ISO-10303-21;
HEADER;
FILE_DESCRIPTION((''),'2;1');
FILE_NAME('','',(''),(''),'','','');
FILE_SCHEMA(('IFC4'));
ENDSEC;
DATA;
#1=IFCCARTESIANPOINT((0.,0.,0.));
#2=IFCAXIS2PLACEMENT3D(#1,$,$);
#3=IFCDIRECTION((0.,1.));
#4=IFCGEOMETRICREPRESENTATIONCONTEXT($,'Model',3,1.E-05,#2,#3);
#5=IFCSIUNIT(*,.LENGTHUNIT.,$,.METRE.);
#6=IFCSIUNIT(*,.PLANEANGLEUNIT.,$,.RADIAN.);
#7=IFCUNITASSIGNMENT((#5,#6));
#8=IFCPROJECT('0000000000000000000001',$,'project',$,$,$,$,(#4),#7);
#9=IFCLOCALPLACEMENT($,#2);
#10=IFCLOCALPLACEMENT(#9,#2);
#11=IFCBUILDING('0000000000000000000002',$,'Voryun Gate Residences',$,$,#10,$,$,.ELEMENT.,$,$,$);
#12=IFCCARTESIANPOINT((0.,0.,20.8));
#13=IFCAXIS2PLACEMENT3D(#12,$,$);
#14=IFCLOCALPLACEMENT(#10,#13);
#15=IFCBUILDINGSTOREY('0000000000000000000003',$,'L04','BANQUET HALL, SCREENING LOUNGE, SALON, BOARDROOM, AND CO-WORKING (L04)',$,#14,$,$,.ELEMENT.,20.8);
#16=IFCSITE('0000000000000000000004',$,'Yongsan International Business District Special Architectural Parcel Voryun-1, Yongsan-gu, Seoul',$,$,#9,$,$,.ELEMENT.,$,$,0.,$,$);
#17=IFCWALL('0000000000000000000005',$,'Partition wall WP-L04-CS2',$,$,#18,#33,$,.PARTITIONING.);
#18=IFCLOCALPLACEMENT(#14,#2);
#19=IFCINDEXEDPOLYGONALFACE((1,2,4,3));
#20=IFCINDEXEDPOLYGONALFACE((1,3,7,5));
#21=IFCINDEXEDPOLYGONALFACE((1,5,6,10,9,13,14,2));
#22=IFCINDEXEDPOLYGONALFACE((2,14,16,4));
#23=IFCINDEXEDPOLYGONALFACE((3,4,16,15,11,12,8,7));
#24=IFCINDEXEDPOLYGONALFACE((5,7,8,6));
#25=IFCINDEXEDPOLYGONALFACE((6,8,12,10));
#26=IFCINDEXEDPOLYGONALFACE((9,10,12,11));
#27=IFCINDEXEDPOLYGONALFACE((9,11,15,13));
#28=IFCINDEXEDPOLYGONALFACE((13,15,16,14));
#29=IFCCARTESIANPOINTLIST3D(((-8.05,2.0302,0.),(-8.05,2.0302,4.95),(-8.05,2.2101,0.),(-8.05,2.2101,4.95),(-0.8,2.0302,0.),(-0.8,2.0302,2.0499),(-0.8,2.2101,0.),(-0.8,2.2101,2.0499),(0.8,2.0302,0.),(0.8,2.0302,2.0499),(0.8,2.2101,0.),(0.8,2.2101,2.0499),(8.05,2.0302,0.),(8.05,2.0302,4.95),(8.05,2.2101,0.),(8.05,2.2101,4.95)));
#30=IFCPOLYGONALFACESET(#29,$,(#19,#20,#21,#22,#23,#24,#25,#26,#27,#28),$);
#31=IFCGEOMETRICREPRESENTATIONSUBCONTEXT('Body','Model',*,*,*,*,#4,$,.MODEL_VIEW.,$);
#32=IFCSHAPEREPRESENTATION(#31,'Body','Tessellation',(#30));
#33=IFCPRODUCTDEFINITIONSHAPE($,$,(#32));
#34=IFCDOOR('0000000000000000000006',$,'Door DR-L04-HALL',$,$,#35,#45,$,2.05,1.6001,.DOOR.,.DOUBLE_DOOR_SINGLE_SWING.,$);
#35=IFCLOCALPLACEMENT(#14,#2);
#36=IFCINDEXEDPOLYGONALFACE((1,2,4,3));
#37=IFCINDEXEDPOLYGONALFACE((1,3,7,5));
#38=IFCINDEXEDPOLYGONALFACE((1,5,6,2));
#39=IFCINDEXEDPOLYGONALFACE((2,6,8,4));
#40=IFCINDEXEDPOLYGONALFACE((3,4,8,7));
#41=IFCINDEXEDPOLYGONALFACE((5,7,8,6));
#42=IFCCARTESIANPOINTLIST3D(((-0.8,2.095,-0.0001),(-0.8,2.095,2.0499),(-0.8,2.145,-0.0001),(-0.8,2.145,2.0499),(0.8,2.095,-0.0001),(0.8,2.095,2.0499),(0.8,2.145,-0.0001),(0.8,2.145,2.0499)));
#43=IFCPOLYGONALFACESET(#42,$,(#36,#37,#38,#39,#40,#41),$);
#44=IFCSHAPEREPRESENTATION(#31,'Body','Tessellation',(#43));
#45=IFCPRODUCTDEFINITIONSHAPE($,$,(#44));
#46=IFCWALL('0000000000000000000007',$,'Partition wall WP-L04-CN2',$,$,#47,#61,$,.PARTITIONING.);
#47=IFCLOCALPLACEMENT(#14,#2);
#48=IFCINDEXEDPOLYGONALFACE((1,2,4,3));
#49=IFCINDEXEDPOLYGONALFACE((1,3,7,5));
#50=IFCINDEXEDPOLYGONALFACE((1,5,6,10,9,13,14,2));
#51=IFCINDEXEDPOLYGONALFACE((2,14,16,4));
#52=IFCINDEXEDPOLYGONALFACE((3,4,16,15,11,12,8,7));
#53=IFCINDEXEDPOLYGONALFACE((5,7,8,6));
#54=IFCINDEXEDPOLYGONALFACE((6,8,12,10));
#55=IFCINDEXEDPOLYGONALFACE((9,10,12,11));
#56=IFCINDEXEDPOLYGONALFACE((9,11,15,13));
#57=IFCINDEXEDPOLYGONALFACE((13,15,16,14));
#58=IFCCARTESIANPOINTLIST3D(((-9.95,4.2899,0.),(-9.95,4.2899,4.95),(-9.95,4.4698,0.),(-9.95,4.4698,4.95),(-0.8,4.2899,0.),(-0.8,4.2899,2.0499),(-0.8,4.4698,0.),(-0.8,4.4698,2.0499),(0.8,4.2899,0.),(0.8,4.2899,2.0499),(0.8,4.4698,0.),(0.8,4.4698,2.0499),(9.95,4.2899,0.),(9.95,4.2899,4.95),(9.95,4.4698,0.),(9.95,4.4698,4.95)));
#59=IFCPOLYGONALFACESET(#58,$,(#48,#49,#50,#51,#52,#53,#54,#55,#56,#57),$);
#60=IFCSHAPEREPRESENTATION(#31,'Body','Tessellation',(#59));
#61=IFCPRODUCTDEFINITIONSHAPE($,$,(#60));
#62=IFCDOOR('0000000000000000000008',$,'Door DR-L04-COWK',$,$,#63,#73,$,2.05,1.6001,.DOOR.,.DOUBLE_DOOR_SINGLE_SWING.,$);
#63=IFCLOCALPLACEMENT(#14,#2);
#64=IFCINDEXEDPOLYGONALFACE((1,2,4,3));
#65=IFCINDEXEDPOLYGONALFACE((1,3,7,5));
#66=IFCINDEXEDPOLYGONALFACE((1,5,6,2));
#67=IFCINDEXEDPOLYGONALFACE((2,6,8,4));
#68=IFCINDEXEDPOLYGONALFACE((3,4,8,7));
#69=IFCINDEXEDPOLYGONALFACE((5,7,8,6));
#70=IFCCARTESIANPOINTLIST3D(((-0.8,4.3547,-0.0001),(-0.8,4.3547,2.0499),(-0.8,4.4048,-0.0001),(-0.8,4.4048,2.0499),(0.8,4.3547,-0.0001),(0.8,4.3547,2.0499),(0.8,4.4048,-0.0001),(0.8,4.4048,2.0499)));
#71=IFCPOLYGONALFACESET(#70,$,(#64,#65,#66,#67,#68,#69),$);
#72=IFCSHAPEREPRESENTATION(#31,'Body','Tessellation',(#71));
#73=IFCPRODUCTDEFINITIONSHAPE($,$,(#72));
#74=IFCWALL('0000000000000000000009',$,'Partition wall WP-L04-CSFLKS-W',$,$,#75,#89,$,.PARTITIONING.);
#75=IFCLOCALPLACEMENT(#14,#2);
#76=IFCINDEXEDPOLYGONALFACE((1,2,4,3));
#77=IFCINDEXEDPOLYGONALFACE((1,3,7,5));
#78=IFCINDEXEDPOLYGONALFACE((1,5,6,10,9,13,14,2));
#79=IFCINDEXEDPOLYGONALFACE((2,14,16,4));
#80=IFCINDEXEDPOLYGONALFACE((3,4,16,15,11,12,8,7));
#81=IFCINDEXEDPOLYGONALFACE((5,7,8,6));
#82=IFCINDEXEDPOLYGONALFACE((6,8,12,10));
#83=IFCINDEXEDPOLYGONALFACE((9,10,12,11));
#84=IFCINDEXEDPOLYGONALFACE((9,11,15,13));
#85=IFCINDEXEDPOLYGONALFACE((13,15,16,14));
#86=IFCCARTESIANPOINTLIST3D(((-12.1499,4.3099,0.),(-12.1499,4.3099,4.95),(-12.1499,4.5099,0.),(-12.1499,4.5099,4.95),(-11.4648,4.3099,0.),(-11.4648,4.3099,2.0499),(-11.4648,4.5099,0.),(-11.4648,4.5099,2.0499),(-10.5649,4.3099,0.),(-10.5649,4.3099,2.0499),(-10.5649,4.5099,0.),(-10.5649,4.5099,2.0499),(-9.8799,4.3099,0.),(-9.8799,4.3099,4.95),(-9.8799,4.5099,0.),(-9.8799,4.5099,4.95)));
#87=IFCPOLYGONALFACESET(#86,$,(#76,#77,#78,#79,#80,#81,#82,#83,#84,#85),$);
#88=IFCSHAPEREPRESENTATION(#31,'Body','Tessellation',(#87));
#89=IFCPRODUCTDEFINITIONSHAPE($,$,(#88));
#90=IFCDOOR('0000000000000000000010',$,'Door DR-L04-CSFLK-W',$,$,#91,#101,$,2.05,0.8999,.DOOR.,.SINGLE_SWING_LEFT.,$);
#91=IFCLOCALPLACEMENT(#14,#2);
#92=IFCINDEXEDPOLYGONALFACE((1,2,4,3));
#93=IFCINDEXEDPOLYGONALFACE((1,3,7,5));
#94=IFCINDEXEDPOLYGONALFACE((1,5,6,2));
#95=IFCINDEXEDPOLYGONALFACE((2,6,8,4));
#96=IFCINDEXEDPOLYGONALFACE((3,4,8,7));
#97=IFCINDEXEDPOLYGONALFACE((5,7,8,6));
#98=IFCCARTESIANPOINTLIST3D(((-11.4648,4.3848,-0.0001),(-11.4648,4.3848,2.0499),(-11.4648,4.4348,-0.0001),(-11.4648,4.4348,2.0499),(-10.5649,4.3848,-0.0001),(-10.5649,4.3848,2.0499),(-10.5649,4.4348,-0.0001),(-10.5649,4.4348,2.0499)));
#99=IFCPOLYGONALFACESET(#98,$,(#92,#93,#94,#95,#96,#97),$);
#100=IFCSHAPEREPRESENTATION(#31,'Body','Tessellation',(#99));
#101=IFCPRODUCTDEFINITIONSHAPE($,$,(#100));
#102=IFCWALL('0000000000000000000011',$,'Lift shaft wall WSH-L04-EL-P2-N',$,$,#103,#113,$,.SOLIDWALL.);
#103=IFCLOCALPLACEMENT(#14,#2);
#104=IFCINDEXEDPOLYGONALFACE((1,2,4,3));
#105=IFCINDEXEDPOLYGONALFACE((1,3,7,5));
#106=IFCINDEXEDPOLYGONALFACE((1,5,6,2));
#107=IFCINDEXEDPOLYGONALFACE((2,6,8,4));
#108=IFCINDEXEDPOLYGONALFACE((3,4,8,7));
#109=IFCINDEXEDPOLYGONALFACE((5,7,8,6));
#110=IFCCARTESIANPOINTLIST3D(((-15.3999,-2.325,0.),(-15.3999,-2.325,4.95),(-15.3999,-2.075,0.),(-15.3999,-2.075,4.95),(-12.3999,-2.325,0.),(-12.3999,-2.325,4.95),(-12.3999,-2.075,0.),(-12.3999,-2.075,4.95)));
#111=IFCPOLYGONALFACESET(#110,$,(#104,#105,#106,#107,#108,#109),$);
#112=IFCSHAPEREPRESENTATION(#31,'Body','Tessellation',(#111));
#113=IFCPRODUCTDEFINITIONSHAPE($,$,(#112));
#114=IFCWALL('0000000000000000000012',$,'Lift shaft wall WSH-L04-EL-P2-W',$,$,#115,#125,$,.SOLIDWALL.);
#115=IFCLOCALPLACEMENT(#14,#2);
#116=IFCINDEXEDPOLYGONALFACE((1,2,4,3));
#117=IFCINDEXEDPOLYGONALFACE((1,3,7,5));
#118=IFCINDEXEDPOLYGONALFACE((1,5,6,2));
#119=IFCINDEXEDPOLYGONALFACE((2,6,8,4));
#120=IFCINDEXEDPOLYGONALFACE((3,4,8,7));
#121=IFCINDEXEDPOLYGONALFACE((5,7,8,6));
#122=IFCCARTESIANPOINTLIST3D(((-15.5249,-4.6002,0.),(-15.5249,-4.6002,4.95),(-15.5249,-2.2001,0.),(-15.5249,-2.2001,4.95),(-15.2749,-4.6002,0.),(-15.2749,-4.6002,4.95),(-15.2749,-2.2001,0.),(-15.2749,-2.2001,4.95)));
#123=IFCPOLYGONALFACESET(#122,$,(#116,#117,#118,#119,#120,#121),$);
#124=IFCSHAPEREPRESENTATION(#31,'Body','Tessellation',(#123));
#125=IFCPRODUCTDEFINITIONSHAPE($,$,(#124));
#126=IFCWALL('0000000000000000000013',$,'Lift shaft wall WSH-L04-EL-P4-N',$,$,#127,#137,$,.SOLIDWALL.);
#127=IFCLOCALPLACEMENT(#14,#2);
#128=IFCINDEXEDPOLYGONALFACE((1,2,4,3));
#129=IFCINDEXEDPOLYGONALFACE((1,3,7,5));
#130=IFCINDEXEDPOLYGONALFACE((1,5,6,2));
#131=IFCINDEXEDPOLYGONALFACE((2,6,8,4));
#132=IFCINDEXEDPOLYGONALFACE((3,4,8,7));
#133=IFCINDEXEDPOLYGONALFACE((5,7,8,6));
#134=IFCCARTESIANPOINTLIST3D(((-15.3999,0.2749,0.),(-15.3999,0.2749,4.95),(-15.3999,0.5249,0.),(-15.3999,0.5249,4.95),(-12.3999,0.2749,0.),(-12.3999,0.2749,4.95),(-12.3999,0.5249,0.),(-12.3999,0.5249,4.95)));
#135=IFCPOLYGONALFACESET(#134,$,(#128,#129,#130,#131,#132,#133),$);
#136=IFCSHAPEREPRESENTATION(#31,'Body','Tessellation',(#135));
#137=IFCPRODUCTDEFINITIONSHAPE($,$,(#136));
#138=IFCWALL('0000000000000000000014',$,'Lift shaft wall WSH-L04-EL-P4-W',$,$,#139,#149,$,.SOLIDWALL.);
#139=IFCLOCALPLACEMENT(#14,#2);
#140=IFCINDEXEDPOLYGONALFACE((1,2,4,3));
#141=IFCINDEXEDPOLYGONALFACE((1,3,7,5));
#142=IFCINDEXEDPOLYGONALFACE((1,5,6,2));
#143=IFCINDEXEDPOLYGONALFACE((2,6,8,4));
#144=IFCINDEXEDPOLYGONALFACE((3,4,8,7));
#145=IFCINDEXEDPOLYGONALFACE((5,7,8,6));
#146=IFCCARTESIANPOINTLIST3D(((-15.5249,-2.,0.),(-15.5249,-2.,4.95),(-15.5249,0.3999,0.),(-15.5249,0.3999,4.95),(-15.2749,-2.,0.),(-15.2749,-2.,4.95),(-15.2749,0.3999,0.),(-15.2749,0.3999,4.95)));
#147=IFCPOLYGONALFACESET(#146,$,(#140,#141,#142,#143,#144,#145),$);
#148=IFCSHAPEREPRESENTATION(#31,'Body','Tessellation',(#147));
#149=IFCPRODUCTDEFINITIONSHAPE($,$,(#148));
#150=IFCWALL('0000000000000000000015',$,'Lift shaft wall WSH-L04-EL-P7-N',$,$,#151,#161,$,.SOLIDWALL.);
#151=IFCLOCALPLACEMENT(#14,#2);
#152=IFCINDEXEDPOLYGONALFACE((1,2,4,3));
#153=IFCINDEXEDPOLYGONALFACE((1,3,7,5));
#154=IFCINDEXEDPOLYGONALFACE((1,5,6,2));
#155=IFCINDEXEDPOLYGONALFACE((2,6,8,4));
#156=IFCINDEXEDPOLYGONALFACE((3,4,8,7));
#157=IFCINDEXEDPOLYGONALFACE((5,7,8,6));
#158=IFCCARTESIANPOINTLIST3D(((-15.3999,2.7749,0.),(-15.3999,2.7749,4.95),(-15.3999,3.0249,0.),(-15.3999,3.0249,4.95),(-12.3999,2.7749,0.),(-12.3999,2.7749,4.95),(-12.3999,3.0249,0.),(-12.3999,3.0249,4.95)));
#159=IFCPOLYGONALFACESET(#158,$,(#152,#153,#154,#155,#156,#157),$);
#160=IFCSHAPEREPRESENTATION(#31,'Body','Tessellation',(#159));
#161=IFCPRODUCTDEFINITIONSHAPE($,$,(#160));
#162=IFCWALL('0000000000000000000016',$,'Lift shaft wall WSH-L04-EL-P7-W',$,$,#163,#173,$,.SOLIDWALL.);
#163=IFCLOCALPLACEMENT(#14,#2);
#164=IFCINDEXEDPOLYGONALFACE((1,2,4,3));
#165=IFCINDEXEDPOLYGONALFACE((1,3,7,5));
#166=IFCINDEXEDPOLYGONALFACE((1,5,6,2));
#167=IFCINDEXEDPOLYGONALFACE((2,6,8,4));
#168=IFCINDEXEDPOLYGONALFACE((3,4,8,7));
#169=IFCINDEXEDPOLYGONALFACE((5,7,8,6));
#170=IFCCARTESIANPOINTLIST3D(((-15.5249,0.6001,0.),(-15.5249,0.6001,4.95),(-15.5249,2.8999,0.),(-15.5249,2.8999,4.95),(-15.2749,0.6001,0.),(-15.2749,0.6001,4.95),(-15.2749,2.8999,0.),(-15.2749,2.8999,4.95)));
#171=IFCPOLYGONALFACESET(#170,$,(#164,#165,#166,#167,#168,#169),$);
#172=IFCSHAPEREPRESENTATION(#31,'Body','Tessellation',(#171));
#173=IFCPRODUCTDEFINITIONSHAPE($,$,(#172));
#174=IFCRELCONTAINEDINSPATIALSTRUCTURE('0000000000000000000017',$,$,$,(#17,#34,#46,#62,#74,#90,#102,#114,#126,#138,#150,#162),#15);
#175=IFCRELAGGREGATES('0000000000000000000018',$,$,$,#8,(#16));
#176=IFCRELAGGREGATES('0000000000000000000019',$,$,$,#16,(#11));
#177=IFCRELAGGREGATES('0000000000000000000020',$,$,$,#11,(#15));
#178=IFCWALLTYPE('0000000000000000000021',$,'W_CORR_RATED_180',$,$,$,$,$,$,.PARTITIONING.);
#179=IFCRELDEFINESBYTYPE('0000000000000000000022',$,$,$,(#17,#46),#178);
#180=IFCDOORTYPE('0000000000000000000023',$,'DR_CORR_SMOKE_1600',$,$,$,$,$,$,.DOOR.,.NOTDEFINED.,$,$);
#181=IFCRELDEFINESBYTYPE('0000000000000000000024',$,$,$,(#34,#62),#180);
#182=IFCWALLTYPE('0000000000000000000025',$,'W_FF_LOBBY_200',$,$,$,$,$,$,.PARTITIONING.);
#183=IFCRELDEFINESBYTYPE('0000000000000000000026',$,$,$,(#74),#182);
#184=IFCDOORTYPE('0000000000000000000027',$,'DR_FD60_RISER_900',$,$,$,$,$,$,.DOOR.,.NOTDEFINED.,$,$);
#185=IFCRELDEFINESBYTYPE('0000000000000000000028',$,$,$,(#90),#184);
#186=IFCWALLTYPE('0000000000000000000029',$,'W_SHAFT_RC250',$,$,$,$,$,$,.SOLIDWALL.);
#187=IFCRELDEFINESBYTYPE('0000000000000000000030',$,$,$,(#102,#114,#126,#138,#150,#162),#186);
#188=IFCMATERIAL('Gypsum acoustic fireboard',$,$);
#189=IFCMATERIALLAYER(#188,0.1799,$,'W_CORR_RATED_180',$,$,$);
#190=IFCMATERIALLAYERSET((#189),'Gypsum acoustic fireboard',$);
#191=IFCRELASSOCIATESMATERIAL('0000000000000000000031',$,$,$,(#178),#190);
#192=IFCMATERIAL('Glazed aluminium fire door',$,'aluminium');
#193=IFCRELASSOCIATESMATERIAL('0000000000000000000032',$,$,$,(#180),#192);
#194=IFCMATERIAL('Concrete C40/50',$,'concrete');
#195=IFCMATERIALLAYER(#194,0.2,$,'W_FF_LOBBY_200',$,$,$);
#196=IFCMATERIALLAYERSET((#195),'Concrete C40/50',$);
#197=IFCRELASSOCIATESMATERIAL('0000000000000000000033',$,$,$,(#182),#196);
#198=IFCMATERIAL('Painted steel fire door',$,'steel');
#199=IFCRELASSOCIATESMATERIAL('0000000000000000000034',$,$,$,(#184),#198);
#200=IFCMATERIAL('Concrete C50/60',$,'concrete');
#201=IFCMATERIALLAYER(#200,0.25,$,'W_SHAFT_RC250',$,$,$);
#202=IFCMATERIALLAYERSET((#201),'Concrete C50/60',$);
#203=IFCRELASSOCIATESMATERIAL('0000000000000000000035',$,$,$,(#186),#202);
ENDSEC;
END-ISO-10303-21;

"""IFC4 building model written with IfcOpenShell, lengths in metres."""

from ifc_helpers import new_model, si_unit, direction, frame, frame_2d, origin, place, context, subcontext, project, spatial, rectangle, extrude, material, layer, layer_set, type_object, element, fill, save


model = new_model("IFC4")

# Units and contexts
model_context = context("Model", 3, precision=1e-05, world=origin(), true_north=direction((0.0, 1.0)))
body_context = subcontext(model_context, "Body", "Model", "MODEL_VIEW")
ifc_project = project(units=[si_unit("LENGTHUNIT", "METRE"), si_unit("PLANEANGLEUNIT", "RADIAN")], contexts=[model_context])

# Site, building, storey
site_placement = place(None, origin())
site = spatial("IfcSite", under=ifc_project, at=site_placement, Name="Yongsan International Business District Special Architectural Parcel Voryun-1, Yongsan-gu, Seoul", CompositionType="ELEMENT", RefElevation=0.0)
building_placement = place(site_placement, origin())
building = spatial("IfcBuilding", under=site, at=building_placement, Name="Voryun Gate Residences", CompositionType="ELEMENT")
storey_placement = place(building_placement, frame((0.0, 0.0, 20.8)))
storey = spatial("IfcBuildingStorey", under=building, at=storey_placement, Name="L04", Description="BANQUET HALL, SCREENING LOUNGE, SALON, BOARDROOM, AND CO-WORKING (L04)", CompositionType="ELEMENT", Elevation=20.8)

# Shared definitions
ifc_material_1 = material(Name="Gypsum acoustic fireboard")
ifc_layer_1 = layer(ifc_material_1, 0.1799, Name="W_CORR_RATED_180")
ifc_layer_set_1 = layer_set([ifc_layer_1], Name="Gypsum acoustic fireboard")
wall_type_1 = type_object("IfcWallType", Name="W_CORR_RATED_180", PredefinedType="PARTITIONING", material=ifc_layer_set_1)

# Walls, openings, doors
wall_1_placement = place(storey_placement, frame((-8.05, 2.1201, 0.0), z_axis=(0.0, 0.0, 1.0), x_axis=(1.0, 0.0, 0.0)))
wall_1 = element("IfcWall", 1, at=wall_1_placement, inside=storey, type_object=wall_type_1, Name="Partition wall WP-L04-CS2", PredefinedType="PARTITIONING", context=body_context, shape_type="SweptSolid", body=[
    extrude(rectangle(XDim=16.1001, YDim=0.1799, at=frame_2d((8.05, 0.0))), origin(), (0.0, 0.0, 1.0), 4.95),
])
opening_1_placement = place(wall_1_placement, frame((7.25, 0.0, 0.0)))
opening_1 = element("IfcOpeningElement", 2, at=opening_1_placement, cuts=wall_1, PredefinedType="OPENING", context=body_context, shape_type="SweptSolid", body=[
    extrude(rectangle(XDim=1.6001, YDim=2.05, at=frame_2d((0.8, 1.0249))), frame((0.0, 0.0999, 0.0), z_axis=(0.0, -1.0, 0.0), x_axis=(1.0, 0.0, 0.0)), (0.0, 0.0, 1.0), 0.2),
])
ifc_material_2 = material(Name="Glazed aluminium fire door", Category="aluminium")
door_type_1 = type_object("IfcDoorType", Name="DR_CORR_SMOKE_1600", OperationType="NOTDEFINED", PredefinedType="DOOR", material=ifc_material_2)
door_1_placement = place(opening_1_placement, origin())
door_1 = element("IfcDoor", 3, at=door_1_placement, inside=storey, type_object=door_type_1, Name="Door DR-L04-HALL", OperationType="DOUBLE_DOOR_SINGLE_SWING", OverallHeight=2.05, OverallWidth=1.6001, PredefinedType="DOOR", context=body_context, shape_type="SweptSolid", body=[
    extrude(rectangle(XDim=1.6001, YDim=2.05, at=frame_2d((0.8, 1.0249))), frame((0.0, 0.0249, 0.0), z_axis=(0.0, -1.0, 0.0), x_axis=(1.0, 0.0, 0.0)), (0.0, 0.0, 1.0), 0.05),
])
fill(opening_1, door_1)
wall_2_placement = place(storey_placement, frame((-9.95, 4.3799, 0.0), z_axis=(0.0, 0.0, 1.0), x_axis=(1.0, 0.0, 0.0)))
wall_2 = element("IfcWall", 4, at=wall_2_placement, inside=storey, type_object=wall_type_1, Name="Partition wall WP-L04-CN2", PredefinedType="PARTITIONING", context=body_context, shape_type="SweptSolid", body=[
    extrude(rectangle(XDim=19.8999, YDim=0.1799, at=frame_2d((9.95, 0.0))), origin(), (0.0, 0.0, 1.0), 4.95),
])
opening_2_placement = place(wall_2_placement, frame((9.1499, 0.0, 0.0)))
opening_2 = element("IfcOpeningElement", 5, at=opening_2_placement, cuts=wall_2, PredefinedType="OPENING", context=body_context, shape_type="SweptSolid", body=[
    extrude(rectangle(XDim=1.6001, YDim=2.05, at=frame_2d((0.8, 1.0249))), frame((0.0, 0.0999, 0.0), z_axis=(0.0, -1.0, 0.0), x_axis=(1.0, 0.0, 0.0)), (0.0, 0.0, 1.0), 0.2),
])
door_2_placement = place(opening_2_placement, origin())
door_2 = element("IfcDoor", 6, at=door_2_placement, inside=storey, type_object=door_type_1, Name="Door DR-L04-COWK", OperationType="DOUBLE_DOOR_SINGLE_SWING", OverallHeight=2.05, OverallWidth=1.6001, PredefinedType="DOOR", context=body_context, shape_type="SweptSolid", body=[
    extrude(rectangle(XDim=1.6001, YDim=2.05, at=frame_2d((0.8, 1.0249))), frame((0.0, 0.0249, 0.0), z_axis=(0.0, -1.0, 0.0), x_axis=(1.0, 0.0, 0.0)), (0.0, 0.0, 1.0), 0.05),
])
fill(opening_2, door_2)
ifc_material_3 = material(Name="Concrete C40/50", Category="concrete")
ifc_layer_2 = layer(ifc_material_3, 0.2, Name="W_FF_LOBBY_200")
ifc_layer_set_2 = layer_set([ifc_layer_2], Name="Concrete C40/50")
wall_type_2 = type_object("IfcWallType", Name="W_FF_LOBBY_200", PredefinedType="PARTITIONING", material=ifc_layer_set_2)
wall_3_placement = place(storey_placement, frame((-12.1499, 4.4099, 0.0), z_axis=(0.0, 0.0, 1.0), x_axis=(1.0, 0.0, 0.0)))
wall_3 = element("IfcWall", 7, at=wall_3_placement, inside=storey, type_object=wall_type_2, Name="Partition wall WP-L04-CSFLKS-W", PredefinedType="PARTITIONING", context=body_context, shape_type="SweptSolid", body=[
    extrude(rectangle(XDim=2.27, YDim=0.2, at=frame_2d((1.135, 0.0))), origin(), (0.0, 0.0, 1.0), 4.95),
])
opening_3_placement = place(wall_3_placement, frame((0.6851, 0.0, 0.0)))
opening_3 = element("IfcOpeningElement", 8, at=opening_3_placement, cuts=wall_3, PredefinedType="OPENING", context=body_context, shape_type="SweptSolid", body=[
    extrude(rectangle(XDim=0.8999, YDim=2.05, at=frame_2d((0.45, 1.0249))), frame((0.0, 0.1101, 0.0), z_axis=(0.0, -1.0, 0.0), x_axis=(1.0, 0.0, 0.0)), (0.0, 0.0, 1.0), 0.22),
])
ifc_material_4 = material(Name="Painted steel fire door", Category="steel")
door_type_2 = type_object("IfcDoorType", Name="DR_FD60_RISER_900", OperationType="NOTDEFINED", PredefinedType="DOOR", material=ifc_material_4)
door_3_placement = place(opening_3_placement, origin())
door_3 = element("IfcDoor", 9, at=door_3_placement, inside=storey, type_object=door_type_2, Name="Door DR-L04-CSFLK-W", OperationType="SINGLE_SWING_LEFT", OverallHeight=2.05, OverallWidth=0.8999, PredefinedType="DOOR", context=body_context, shape_type="SweptSolid", body=[
    extrude(rectangle(XDim=0.8999, YDim=2.05, at=frame_2d((0.45, 1.0249))), frame((0.0, 0.0249, 0.0), z_axis=(0.0, -1.0, 0.0), x_axis=(1.0, 0.0, 0.0)), (0.0, 0.0, 1.0), 0.05),
])
fill(opening_3, door_3)

# Walls
ifc_material_5 = material(Name="Concrete C50/60", Category="concrete")
ifc_layer_3 = layer(ifc_material_5, 0.25, Name="W_SHAFT_RC250")
ifc_layer_set_3 = layer_set([ifc_layer_3], Name="Concrete C50/60")
wall_type_3 = type_object("IfcWallType", Name="W_SHAFT_RC250", PredefinedType="SOLIDWALL", material=ifc_layer_set_3)
wall_4_placement = place(storey_placement, frame((-12.3999, -2.2, 0.0), z_axis=(0.0, 0.0, 1.0), x_axis=(-1.0, 0.0, 0.0)))
element("IfcWall", 10, at=wall_4_placement, inside=storey, type_object=wall_type_3, Name="Lift shaft wall WSH-L04-EL-P2-N", PredefinedType="SOLIDWALL", context=body_context, shape_type="SweptSolid", body=[
    extrude(rectangle(XDim=3.0, YDim=0.25, at=frame_2d((1.5, 0.0))), origin(), (0.0, 0.0, 1.0), 4.95),
])
wall_5_placement = place(storey_placement, frame((-15.3999, -2.2, 0.0), z_axis=(0.0, 0.0, 1.0), x_axis=(0.0, -1.0, 0.0)))
element("IfcWall", 11, at=wall_5_placement, inside=storey, type_object=wall_type_3, Name="Lift shaft wall WSH-L04-EL-P2-W", PredefinedType="SOLIDWALL", context=body_context, shape_type="SweptSolid", body=[
    extrude(rectangle(XDim=2.4001, YDim=0.25, at=frame_2d((1.2002, 0.0))), origin(), (0.0, 0.0, 1.0), 4.95),
])
wall_6_placement = place(storey_placement, frame((-12.3999, 0.3999, 0.0), z_axis=(0.0, 0.0, 1.0), x_axis=(-1.0, 0.0, 0.0)))
element("IfcWall", 12, at=wall_6_placement, inside=storey, type_object=wall_type_3, Name="Lift shaft wall WSH-L04-EL-P4-N", PredefinedType="SOLIDWALL", context=body_context, shape_type="SweptSolid", body=[
    extrude(rectangle(XDim=3.0, YDim=0.25, at=frame_2d((1.5, 0.0))), origin(), (0.0, 0.0, 1.0), 4.95),
])
wall_7_placement = place(storey_placement, frame((-15.3999, 0.3999, 0.0), z_axis=(0.0, 0.0, 1.0), x_axis=(0.0, -1.0, 0.0)))
element("IfcWall", 13, at=wall_7_placement, inside=storey, type_object=wall_type_3, Name="Lift shaft wall WSH-L04-EL-P4-W", PredefinedType="SOLIDWALL", context=body_context, shape_type="SweptSolid", body=[
    extrude(rectangle(XDim=2.3999, YDim=0.25, at=frame_2d((1.2, 0.0))), origin(), (0.0, 0.0, 1.0), 4.95),
])
wall_8_placement = place(storey_placement, frame((-12.3999, 2.8999, 0.0), z_axis=(0.0, 0.0, 1.0), x_axis=(-1.0, 0.0, 0.0)))
element("IfcWall", 14, at=wall_8_placement, inside=storey, type_object=wall_type_3, Name="Lift shaft wall WSH-L04-EL-P7-N", PredefinedType="SOLIDWALL", context=body_context, shape_type="SweptSolid", body=[
    extrude(rectangle(XDim=3.0, YDim=0.25, at=frame_2d((1.5, 0.0))), origin(), (0.0, 0.0, 1.0), 4.95),
])
wall_9_placement = place(storey_placement, frame((-15.3999, 2.8999, 0.0), z_axis=(0.0, 0.0, 1.0), x_axis=(0.0, -1.0, 0.0)))
element("IfcWall", 15, at=wall_9_placement, inside=storey, type_object=wall_type_3, Name="Lift shaft wall WSH-L04-EL-P7-W", PredefinedType="SOLIDWALL", context=body_context, shape_type="SweptSolid", body=[
    extrude(rectangle(XDim=2.2998, YDim=0.25, at=frame_2d((1.1499, 0.0))), origin(), (0.0, 0.0, 1.0), 4.95),
])

save(model, "model.ifc")
